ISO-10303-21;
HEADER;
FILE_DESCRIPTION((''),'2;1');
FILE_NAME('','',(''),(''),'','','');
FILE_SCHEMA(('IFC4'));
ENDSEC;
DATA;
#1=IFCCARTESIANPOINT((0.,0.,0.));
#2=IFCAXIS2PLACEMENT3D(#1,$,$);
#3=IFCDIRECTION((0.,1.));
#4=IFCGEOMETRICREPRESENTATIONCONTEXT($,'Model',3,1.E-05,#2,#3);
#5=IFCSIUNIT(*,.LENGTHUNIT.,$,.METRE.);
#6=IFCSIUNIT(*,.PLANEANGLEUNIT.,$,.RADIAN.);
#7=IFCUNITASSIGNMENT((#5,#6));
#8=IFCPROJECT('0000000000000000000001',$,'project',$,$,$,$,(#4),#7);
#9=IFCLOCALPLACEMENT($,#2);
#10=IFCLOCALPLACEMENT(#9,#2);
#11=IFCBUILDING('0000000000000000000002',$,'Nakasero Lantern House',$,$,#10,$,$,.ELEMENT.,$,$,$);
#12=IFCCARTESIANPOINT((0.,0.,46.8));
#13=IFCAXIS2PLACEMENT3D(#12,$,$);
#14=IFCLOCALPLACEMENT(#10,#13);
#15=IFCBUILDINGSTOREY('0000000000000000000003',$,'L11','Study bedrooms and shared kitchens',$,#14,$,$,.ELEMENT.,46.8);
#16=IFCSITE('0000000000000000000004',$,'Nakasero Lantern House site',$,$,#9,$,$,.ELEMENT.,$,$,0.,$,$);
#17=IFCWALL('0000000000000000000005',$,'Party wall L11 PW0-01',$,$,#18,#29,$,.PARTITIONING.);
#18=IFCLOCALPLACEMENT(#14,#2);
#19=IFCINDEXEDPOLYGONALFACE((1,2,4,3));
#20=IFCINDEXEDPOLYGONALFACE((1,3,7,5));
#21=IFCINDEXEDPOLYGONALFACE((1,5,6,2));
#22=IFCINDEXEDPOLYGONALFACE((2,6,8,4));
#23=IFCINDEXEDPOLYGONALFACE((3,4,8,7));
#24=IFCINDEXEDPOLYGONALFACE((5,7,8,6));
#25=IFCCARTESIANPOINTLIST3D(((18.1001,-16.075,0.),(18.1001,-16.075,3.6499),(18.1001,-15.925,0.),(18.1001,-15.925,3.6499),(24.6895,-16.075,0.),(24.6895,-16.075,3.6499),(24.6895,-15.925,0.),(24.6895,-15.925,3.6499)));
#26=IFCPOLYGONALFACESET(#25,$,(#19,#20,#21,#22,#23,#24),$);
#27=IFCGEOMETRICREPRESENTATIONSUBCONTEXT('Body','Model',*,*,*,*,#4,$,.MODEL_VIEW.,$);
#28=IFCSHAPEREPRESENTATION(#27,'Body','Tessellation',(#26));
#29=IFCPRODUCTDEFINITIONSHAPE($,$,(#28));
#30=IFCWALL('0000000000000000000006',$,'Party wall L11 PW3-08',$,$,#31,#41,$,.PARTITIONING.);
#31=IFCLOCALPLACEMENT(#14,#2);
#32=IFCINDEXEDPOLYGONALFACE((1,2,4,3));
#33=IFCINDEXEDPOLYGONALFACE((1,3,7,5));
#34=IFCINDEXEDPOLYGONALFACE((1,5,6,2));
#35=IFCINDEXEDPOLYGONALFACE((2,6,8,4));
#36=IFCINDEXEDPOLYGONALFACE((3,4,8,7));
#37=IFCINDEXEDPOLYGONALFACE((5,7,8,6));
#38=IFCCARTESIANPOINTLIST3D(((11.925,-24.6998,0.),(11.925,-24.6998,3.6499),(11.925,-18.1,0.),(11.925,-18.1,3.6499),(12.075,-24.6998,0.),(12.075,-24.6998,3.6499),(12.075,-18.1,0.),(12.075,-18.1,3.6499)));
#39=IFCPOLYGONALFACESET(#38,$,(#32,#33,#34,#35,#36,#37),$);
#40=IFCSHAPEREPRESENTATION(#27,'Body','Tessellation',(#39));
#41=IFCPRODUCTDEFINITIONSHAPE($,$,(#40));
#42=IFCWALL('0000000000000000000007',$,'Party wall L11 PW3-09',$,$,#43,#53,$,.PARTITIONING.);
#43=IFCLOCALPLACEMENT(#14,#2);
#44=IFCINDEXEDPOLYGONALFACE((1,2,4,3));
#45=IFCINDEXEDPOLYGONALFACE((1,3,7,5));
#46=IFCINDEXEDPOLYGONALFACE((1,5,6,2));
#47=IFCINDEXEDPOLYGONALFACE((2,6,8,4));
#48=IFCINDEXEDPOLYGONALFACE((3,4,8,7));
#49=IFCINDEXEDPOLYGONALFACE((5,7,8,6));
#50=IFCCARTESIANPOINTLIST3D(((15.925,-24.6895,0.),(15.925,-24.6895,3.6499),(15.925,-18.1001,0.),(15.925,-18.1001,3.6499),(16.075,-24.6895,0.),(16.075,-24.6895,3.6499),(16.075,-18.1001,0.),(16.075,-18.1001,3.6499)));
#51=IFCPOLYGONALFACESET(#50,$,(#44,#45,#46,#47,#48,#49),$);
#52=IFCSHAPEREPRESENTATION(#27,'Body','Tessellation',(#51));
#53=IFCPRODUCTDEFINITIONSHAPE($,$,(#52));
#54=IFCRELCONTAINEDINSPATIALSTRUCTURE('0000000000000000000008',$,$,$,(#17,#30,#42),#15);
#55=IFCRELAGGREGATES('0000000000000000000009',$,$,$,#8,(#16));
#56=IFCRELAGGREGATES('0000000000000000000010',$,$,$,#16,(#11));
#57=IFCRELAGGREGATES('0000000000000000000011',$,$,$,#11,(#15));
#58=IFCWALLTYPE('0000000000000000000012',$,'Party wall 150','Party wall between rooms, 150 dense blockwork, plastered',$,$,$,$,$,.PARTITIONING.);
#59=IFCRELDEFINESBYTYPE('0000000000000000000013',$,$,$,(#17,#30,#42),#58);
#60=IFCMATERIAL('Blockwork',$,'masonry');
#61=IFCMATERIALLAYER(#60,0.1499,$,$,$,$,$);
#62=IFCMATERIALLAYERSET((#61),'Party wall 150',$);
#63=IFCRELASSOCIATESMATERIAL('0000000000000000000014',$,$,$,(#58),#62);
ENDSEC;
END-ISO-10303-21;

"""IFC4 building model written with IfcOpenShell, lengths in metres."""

from ifc_helpers import new_model, si_unit, direction, frame, frame_2d, origin, place, context, subcontext, project, spatial, rectangle, extrude, material, layer, layer_set, type_object, element, save


model = new_model("IFC4")

# Units and contexts
model_context = context("Model", 3, precision=1e-05, world=origin(), true_north=direction((0.0, 1.0)))
body_context = subcontext(model_context, "Body", "Model", "MODEL_VIEW")
ifc_project = project(units=[si_unit("LENGTHUNIT", "METRE"), si_unit("PLANEANGLEUNIT", "RADIAN")], contexts=[model_context])

# Site, building, storey
site_placement = place(None, origin())
site = spatial("IfcSite", under=ifc_project, at=site_placement, Name="Nakasero Lantern House site", CompositionType="ELEMENT", RefElevation=0.0)
building_placement = place(site_placement, origin())
building = spatial("IfcBuilding", under=site, at=building_placement, Name="Nakasero Lantern House", CompositionType="ELEMENT")
storey_placement = place(building_placement, frame((0.0, 0.0, 46.8)))
storey = spatial("IfcBuildingStorey", under=building, at=storey_placement, Name="L11", Description="Study bedrooms and shared kitchens", CompositionType="ELEMENT", Elevation=46.8)

# Walls
ifc_material_1 = material(Name="Blockwork", Category="masonry")
ifc_layer_1 = layer(ifc_material_1, 0.1499)
ifc_layer_set_1 = layer_set([ifc_layer_1], Name="Party wall 150")
wall_type_1 = type_object("IfcWallType", Name="Party wall 150", Description="Party wall between rooms, 150 dense blockwork, plastered", PredefinedType="PARTITIONING", material=ifc_layer_set_1)
wall_1_placement = place(storey_placement, frame((18.1001, -16.0, 0.0), z_axis=(0.0, 0.0, 1.0), x_axis=(1.0, 0.0, 0.0)))
element("IfcWall", 1, at=wall_1_placement, inside=storey, type_object=wall_type_1, Name="Party wall L11 PW0-01", PredefinedType="PARTITIONING", context=body_context, shape_type="SweptSolid", body=[
    extrude(rectangle(XDim=6.5894, YDim=0.1499, at=frame_2d((3.2947, 0.0))), origin(), (0.0, 0.0, 1.0), 3.6499),
])
wall_2_placement = place(storey_placement, frame((12.0, -18.1001, 0.0), z_axis=(0.0, 0.0, 1.0), x_axis=(0.0, -1.0, 0.0)))
element("IfcWall", 2, at=wall_2_placement, inside=storey, type_object=wall_type_1, Name="Party wall L11 PW3-08", PredefinedType="PARTITIONING", context=body_context, shape_type="SweptSolid", body=[
    extrude(rectangle(XDim=6.5999, YDim=0.1499, at=frame_2d((3.2998, 0.0))), origin(), (0.0, 0.0, 1.0), 3.6499),
])
wall_3_placement = place(storey_placement, frame((16.0, -18.1001, 0.0), z_axis=(0.0, 0.0, 1.0), x_axis=(0.0, -1.0, 0.0)))
element("IfcWall", 3, at=wall_3_placement, inside=storey, type_object=wall_type_1, Name="Party wall L11 PW3-09", PredefinedType="PARTITIONING", context=body_context, shape_type="SweptSolid", body=[
    extrude(rectangle(XDim=6.5894, YDim=0.1499, at=frame_2d((3.2947, 0.0))), origin(), (0.0, 0.0, 1.0), 3.6499),
])

save(model, "model.ifc")
